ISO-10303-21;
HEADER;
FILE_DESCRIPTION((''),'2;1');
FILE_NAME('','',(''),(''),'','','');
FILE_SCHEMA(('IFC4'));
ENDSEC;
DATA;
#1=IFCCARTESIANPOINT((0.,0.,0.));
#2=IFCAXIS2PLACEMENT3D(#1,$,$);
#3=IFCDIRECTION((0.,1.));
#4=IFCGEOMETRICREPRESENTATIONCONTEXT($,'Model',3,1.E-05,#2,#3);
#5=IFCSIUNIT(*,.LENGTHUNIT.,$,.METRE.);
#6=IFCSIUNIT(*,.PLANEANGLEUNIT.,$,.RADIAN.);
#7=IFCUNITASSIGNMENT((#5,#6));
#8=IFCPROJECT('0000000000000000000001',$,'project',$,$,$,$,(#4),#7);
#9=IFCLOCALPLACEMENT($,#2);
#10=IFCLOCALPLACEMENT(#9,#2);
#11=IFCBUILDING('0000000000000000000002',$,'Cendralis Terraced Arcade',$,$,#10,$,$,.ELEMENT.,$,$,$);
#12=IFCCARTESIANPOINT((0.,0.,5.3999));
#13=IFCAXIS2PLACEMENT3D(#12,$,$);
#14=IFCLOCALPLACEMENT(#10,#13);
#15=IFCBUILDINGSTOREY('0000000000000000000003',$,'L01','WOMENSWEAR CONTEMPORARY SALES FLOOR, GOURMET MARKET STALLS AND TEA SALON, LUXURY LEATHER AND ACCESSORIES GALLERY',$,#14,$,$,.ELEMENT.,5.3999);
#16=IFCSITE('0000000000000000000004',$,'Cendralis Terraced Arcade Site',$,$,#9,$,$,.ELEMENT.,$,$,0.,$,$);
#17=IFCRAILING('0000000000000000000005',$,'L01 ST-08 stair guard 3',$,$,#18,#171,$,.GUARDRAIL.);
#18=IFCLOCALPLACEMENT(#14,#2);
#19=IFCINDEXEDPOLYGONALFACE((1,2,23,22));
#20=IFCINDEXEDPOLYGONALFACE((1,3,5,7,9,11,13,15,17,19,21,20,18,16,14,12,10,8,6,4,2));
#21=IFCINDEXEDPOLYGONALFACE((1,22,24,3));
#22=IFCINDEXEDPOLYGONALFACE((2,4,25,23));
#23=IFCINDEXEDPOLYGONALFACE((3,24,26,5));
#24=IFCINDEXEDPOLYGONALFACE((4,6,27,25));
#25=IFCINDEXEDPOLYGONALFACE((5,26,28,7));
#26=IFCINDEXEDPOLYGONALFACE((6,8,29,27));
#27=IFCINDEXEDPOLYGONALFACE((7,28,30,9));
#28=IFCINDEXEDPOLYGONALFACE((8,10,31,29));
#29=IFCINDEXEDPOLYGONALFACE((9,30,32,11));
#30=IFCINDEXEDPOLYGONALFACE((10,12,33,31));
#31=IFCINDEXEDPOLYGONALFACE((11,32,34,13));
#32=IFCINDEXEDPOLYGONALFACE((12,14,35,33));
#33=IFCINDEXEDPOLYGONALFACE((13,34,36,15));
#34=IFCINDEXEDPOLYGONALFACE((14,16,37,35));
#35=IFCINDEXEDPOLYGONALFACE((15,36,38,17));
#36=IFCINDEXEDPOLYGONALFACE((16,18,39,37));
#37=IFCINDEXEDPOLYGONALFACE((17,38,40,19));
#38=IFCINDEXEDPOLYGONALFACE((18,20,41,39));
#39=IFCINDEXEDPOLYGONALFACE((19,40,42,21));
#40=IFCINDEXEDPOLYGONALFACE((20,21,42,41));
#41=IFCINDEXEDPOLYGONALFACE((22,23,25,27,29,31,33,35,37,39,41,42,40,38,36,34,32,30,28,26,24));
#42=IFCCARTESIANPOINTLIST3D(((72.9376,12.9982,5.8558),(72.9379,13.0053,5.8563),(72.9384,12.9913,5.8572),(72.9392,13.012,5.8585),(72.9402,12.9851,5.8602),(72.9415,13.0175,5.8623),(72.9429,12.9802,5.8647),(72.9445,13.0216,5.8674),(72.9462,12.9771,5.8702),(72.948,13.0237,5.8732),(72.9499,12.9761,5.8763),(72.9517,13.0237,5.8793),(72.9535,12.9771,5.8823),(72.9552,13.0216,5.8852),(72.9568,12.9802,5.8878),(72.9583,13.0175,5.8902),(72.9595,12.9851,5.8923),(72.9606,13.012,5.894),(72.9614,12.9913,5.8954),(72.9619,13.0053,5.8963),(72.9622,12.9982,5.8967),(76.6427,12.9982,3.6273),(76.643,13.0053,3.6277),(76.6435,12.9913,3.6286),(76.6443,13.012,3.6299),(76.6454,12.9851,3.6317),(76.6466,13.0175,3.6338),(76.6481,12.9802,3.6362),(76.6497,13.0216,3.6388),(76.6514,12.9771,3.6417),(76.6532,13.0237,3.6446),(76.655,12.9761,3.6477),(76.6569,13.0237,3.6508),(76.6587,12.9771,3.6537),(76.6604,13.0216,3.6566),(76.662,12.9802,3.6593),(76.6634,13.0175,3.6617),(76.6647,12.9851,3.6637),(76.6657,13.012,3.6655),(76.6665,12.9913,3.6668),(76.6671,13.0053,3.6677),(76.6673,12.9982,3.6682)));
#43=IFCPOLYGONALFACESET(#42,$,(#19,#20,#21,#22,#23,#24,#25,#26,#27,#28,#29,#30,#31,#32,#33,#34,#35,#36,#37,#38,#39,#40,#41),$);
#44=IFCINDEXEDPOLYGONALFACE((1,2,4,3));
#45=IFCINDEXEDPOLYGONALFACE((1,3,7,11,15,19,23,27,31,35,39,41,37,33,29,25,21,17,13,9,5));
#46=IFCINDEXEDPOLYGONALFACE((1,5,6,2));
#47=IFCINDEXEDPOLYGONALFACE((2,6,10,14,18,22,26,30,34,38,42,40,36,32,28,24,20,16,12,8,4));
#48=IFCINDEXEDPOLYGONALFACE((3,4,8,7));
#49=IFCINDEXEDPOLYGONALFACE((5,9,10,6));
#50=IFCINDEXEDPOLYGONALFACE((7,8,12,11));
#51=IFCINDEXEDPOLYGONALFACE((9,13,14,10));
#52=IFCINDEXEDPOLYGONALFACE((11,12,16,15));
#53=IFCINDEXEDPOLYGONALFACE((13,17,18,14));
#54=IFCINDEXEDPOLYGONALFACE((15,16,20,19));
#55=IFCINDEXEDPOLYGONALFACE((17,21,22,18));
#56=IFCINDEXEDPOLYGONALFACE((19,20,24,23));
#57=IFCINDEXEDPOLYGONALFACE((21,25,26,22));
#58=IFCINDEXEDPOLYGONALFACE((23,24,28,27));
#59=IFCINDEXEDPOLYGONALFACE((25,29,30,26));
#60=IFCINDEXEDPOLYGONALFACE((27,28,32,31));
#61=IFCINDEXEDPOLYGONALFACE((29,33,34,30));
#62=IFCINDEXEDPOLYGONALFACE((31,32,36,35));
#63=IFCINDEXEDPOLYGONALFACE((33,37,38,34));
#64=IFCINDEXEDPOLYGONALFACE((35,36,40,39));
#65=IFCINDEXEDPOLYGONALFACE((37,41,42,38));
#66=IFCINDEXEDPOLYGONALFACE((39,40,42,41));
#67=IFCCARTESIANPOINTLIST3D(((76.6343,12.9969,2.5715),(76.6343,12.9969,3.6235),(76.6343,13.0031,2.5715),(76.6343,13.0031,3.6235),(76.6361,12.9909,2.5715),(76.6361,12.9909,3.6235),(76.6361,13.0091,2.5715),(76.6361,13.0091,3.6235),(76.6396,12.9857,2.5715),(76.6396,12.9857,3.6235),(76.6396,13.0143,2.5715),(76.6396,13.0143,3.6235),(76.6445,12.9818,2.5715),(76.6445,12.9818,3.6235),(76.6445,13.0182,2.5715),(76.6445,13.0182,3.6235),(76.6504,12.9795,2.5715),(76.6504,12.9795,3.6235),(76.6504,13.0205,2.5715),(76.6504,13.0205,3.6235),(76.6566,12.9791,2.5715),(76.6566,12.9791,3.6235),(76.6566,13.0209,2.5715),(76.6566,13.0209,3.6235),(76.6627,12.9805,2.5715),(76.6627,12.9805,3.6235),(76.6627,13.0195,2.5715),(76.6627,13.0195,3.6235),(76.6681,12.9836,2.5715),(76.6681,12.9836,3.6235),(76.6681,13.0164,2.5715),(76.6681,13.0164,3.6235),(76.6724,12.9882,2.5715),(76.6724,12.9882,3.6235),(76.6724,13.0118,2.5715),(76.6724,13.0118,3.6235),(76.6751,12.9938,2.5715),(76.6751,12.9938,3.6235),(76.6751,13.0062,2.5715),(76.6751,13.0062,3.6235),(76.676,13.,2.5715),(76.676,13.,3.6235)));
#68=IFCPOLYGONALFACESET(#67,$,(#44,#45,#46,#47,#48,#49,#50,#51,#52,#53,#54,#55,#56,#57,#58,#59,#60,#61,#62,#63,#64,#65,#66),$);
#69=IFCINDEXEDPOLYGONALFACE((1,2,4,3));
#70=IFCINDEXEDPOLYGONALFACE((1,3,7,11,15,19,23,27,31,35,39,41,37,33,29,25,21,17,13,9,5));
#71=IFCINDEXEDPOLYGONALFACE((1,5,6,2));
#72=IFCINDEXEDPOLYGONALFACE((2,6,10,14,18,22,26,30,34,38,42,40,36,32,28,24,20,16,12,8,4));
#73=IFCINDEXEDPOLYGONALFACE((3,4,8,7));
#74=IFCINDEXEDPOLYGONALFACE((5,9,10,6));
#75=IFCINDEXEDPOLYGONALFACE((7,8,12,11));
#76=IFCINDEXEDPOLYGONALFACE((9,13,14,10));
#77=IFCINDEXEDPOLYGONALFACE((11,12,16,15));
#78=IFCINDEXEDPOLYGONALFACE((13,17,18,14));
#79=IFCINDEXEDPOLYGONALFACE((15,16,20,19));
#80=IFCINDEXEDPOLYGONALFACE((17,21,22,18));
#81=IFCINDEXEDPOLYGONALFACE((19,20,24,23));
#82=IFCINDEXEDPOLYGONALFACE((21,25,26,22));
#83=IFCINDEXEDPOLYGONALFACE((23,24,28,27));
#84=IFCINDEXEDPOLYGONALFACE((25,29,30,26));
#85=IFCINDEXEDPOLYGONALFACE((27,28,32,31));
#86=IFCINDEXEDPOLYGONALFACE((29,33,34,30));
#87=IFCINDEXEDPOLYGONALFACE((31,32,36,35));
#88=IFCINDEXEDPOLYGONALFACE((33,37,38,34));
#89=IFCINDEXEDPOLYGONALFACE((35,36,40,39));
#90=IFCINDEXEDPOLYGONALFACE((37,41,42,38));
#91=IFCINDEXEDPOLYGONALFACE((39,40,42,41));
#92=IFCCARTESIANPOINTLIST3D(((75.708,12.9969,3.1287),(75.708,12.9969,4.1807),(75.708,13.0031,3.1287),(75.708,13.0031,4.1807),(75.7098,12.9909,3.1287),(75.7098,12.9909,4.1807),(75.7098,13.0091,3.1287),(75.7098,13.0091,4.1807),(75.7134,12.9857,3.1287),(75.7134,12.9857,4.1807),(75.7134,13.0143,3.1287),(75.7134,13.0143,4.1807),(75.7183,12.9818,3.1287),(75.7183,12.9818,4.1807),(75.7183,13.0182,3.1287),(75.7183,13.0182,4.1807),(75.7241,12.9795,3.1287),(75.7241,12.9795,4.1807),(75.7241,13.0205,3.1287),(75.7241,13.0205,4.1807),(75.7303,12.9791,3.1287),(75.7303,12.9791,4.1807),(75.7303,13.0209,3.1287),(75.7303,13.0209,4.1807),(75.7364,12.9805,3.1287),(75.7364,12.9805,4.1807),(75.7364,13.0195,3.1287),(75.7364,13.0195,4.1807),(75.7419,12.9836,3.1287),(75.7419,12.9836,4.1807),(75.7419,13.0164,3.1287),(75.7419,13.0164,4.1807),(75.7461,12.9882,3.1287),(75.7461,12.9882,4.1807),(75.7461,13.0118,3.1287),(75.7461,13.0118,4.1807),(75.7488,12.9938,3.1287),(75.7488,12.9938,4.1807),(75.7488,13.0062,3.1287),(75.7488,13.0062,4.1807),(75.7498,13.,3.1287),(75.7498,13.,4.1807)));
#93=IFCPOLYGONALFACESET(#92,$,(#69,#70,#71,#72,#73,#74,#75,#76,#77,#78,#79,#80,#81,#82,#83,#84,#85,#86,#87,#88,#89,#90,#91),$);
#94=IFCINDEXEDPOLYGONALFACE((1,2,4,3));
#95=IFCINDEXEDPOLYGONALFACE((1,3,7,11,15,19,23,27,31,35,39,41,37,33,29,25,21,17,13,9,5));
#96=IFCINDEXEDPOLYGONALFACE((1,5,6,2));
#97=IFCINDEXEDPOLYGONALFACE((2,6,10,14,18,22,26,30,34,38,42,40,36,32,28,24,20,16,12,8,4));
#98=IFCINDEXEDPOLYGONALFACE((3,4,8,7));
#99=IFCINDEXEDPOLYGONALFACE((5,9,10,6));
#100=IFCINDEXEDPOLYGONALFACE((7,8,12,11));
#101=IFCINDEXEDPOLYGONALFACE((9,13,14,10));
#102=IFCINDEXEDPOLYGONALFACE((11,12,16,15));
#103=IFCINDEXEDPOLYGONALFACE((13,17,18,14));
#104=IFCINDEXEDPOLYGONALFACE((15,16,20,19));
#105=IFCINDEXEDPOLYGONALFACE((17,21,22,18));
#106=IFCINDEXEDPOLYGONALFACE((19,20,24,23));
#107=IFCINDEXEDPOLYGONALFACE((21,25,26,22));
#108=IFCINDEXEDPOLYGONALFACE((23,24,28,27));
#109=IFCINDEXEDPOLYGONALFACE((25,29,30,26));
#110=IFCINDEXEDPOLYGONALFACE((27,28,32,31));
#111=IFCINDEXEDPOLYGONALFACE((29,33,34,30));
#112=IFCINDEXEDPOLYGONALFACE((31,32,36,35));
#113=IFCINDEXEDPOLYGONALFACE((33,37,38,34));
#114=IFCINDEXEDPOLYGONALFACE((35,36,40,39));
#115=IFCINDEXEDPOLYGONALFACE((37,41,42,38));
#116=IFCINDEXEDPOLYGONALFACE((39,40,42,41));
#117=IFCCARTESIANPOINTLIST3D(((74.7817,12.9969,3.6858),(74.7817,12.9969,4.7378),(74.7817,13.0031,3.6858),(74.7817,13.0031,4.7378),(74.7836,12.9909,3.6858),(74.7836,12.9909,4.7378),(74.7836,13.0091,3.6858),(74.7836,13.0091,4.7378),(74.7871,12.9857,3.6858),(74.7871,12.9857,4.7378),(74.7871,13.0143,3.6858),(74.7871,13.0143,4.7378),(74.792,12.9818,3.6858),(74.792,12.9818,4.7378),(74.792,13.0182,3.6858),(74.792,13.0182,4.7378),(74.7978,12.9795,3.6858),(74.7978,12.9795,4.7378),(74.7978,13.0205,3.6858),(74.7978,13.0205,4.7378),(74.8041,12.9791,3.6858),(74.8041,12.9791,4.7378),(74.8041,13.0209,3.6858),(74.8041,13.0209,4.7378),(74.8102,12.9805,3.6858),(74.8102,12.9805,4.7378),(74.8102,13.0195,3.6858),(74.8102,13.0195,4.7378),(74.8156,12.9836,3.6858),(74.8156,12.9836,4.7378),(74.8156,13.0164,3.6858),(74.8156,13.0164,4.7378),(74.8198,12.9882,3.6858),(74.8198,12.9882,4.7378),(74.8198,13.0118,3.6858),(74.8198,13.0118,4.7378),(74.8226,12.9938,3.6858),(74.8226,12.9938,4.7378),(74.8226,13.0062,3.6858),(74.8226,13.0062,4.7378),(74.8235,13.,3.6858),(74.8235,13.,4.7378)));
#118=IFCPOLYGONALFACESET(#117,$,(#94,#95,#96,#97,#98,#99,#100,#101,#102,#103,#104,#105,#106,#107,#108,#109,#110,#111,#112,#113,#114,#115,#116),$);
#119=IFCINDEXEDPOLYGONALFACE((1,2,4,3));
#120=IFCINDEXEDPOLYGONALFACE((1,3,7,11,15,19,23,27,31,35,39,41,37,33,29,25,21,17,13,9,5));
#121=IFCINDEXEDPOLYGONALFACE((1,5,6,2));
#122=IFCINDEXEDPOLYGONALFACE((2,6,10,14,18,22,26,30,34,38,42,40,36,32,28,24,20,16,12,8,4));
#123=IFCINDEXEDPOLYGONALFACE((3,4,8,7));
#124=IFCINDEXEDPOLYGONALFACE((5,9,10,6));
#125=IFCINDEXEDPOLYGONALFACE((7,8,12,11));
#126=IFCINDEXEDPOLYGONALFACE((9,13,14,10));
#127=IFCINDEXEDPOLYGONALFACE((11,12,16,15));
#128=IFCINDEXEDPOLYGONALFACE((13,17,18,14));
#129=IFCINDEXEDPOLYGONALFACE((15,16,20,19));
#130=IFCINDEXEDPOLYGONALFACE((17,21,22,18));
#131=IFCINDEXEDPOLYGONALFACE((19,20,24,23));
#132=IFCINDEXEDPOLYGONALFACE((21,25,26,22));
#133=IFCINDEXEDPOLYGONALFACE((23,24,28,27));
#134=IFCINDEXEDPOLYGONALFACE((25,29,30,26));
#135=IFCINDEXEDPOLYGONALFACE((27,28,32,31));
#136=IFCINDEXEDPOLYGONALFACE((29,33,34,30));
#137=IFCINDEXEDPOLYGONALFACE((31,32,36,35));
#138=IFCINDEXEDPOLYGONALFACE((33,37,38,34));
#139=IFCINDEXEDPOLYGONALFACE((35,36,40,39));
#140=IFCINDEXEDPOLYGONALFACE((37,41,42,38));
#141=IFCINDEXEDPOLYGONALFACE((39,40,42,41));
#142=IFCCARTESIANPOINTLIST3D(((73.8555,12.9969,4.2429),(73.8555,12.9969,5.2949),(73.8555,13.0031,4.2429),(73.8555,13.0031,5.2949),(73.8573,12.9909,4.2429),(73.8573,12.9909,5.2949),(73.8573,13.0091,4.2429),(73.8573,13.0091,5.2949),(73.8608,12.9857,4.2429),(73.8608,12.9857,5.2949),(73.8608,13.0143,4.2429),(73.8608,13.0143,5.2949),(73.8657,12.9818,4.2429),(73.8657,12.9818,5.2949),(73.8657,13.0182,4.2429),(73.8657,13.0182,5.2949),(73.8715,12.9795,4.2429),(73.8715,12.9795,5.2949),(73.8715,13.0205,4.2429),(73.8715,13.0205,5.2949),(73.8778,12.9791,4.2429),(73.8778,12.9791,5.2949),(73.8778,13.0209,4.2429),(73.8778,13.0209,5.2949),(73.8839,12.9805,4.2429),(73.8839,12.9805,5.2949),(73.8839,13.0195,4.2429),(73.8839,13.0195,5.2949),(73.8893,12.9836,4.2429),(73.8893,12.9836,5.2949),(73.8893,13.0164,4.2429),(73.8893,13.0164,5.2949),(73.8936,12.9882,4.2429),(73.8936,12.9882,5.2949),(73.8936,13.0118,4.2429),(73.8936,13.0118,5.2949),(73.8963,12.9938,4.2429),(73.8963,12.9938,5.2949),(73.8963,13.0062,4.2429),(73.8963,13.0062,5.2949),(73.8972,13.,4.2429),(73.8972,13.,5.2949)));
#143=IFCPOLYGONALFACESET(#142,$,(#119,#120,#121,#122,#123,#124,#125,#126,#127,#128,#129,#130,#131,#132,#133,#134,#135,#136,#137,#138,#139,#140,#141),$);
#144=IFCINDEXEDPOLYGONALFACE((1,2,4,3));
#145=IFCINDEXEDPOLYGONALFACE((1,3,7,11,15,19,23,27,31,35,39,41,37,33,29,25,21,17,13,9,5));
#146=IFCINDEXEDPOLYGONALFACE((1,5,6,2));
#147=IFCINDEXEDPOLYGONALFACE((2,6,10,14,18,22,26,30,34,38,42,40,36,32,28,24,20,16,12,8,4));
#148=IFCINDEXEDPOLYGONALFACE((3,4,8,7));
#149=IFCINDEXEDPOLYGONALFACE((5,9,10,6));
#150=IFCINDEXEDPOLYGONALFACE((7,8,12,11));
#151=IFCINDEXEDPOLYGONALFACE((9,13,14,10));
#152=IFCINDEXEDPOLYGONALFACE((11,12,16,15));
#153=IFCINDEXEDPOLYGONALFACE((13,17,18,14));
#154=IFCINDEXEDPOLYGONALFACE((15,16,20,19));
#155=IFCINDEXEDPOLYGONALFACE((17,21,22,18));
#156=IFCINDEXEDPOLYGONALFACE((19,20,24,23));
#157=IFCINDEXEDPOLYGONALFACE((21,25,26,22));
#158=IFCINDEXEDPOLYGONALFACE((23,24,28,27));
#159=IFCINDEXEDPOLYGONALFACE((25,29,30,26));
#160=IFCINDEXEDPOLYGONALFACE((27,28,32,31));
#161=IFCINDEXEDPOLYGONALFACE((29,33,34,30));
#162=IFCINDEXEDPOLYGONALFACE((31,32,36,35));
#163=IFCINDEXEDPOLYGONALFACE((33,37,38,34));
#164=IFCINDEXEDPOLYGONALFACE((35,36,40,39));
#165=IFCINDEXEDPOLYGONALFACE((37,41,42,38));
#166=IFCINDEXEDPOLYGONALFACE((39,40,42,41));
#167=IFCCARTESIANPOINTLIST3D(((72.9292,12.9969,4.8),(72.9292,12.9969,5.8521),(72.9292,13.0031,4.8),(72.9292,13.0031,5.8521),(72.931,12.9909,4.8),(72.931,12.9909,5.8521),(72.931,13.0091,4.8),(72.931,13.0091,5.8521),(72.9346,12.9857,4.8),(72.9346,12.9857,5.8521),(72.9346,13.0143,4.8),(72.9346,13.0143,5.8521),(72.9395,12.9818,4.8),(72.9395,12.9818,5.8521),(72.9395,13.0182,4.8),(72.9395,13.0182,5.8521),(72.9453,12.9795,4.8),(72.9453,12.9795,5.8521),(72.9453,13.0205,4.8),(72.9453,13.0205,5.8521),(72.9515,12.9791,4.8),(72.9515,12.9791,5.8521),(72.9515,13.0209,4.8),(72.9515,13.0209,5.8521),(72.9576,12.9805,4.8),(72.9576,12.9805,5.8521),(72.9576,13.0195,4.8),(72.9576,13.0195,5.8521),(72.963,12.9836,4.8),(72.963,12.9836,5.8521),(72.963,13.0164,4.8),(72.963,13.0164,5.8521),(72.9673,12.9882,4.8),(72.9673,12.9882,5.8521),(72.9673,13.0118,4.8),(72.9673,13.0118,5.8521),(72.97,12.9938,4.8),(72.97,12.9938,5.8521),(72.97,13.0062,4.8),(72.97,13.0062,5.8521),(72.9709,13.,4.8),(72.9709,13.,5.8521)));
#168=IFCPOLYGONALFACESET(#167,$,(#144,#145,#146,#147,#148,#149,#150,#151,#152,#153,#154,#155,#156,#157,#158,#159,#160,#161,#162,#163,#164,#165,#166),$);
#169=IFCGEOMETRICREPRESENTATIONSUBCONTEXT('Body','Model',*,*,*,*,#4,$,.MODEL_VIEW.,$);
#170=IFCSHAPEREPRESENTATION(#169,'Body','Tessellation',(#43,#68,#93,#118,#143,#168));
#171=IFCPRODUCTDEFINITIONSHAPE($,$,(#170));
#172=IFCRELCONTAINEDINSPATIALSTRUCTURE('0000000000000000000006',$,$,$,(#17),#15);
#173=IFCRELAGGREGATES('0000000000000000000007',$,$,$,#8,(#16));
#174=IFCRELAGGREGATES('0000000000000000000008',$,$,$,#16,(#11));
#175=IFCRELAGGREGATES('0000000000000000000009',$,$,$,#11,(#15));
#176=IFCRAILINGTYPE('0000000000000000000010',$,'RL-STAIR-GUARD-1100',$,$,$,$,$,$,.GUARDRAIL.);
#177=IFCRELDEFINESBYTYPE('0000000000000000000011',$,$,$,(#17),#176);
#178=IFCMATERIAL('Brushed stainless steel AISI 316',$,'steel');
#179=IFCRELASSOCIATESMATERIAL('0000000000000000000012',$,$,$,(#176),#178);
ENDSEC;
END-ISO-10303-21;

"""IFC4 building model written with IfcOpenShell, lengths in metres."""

from ifc_helpers import new_model, si_unit, direction, frame, origin, origin_2d, place, context, subcontext, project, spatial, circle, extrude, material, type_object, element, save


model = new_model("IFC4")

# Units and contexts
model_context = context("Model", 3, precision=1e-05, world=origin(), true_north=direction((0.0, 1.0)))
body_context = subcontext(model_context, "Body", "Model", "MODEL_VIEW")
ifc_project = project(units=[si_unit("LENGTHUNIT", "METRE"), si_unit("PLANEANGLEUNIT", "RADIAN")], contexts=[model_context])

# Site, building, storey
site_placement = place(None, origin())
site = spatial("IfcSite", under=ifc_project, at=site_placement, Name="Cendralis Terraced Arcade Site", CompositionType="ELEMENT", RefElevation=0.0)
building_placement = place(site_placement, origin())
building = spatial("IfcBuilding", under=site, at=building_placement, Name="Cendralis Terraced Arcade", CompositionType="ELEMENT")
storey_placement = place(building_placement, frame((0.0, 0.0, 5.3999)))
storey = spatial("IfcBuildingStorey", under=building, at=storey_placement, Name="L01", Description="WOMENSWEAR CONTEMPORARY SALES FLOOR, GOURMET MARKET STALLS AND TEA SALON, LUXURY LEATHER AND ACCESSORIES GALLERY", CompositionType="ELEMENT", Elevation=5.3999)

# Railing
ifc_material_1 = material(Name="Brushed stainless steel AISI 316", Category="steel")
railing_type_1 = type_object("IfcRailingType", Name="RL-STAIR-GUARD-1100", PredefinedType="GUARDRAIL", material=ifc_material_1)
railing_1_placement = place(storey_placement, frame((76.655, 13.0, 2.5715)))
element("IfcRailing", 1, at=railing_1_placement, inside=storey, type_object=railing_type_1, Name="L01 ST-08 stair guard 3", PredefinedType="GUARDRAIL", context=body_context, shape_type="SweptSolid", body=[
    extrude(circle(Radius=0.0239, at=origin_2d()), frame((0.0, 0.0, 1.0762), z_axis=(-0.856934, 0.0, 0.515425), x_axis=(0.0, -1.0, 0.0)), (0.0, 0.0, 1.0), 4.3237),
    extrude(circle(Radius=0.021, at=origin_2d()), origin(), (0.0, 0.0, 1.0), 1.052),
    extrude(circle(Radius=0.021, at=origin_2d()), frame((-0.9263, 0.0, 0.5571)), (0.0, 0.0, 1.0), 1.052),
    extrude(circle(Radius=0.021, at=origin_2d()), frame((-1.8525, 0.0, 1.1143)), (0.0, 0.0, 1.0), 1.052),
    extrude(circle(Radius=0.021, at=origin_2d()), frame((-2.7788, 0.0, 1.6714)), (0.0, 0.0, 1.0), 1.052),
    extrude(circle(Radius=0.021, at=origin_2d()), frame((-3.7051, 0.0, 2.2285)), (0.0, 0.0, 1.0), 1.052),
])

save(model, "model.ifc")
